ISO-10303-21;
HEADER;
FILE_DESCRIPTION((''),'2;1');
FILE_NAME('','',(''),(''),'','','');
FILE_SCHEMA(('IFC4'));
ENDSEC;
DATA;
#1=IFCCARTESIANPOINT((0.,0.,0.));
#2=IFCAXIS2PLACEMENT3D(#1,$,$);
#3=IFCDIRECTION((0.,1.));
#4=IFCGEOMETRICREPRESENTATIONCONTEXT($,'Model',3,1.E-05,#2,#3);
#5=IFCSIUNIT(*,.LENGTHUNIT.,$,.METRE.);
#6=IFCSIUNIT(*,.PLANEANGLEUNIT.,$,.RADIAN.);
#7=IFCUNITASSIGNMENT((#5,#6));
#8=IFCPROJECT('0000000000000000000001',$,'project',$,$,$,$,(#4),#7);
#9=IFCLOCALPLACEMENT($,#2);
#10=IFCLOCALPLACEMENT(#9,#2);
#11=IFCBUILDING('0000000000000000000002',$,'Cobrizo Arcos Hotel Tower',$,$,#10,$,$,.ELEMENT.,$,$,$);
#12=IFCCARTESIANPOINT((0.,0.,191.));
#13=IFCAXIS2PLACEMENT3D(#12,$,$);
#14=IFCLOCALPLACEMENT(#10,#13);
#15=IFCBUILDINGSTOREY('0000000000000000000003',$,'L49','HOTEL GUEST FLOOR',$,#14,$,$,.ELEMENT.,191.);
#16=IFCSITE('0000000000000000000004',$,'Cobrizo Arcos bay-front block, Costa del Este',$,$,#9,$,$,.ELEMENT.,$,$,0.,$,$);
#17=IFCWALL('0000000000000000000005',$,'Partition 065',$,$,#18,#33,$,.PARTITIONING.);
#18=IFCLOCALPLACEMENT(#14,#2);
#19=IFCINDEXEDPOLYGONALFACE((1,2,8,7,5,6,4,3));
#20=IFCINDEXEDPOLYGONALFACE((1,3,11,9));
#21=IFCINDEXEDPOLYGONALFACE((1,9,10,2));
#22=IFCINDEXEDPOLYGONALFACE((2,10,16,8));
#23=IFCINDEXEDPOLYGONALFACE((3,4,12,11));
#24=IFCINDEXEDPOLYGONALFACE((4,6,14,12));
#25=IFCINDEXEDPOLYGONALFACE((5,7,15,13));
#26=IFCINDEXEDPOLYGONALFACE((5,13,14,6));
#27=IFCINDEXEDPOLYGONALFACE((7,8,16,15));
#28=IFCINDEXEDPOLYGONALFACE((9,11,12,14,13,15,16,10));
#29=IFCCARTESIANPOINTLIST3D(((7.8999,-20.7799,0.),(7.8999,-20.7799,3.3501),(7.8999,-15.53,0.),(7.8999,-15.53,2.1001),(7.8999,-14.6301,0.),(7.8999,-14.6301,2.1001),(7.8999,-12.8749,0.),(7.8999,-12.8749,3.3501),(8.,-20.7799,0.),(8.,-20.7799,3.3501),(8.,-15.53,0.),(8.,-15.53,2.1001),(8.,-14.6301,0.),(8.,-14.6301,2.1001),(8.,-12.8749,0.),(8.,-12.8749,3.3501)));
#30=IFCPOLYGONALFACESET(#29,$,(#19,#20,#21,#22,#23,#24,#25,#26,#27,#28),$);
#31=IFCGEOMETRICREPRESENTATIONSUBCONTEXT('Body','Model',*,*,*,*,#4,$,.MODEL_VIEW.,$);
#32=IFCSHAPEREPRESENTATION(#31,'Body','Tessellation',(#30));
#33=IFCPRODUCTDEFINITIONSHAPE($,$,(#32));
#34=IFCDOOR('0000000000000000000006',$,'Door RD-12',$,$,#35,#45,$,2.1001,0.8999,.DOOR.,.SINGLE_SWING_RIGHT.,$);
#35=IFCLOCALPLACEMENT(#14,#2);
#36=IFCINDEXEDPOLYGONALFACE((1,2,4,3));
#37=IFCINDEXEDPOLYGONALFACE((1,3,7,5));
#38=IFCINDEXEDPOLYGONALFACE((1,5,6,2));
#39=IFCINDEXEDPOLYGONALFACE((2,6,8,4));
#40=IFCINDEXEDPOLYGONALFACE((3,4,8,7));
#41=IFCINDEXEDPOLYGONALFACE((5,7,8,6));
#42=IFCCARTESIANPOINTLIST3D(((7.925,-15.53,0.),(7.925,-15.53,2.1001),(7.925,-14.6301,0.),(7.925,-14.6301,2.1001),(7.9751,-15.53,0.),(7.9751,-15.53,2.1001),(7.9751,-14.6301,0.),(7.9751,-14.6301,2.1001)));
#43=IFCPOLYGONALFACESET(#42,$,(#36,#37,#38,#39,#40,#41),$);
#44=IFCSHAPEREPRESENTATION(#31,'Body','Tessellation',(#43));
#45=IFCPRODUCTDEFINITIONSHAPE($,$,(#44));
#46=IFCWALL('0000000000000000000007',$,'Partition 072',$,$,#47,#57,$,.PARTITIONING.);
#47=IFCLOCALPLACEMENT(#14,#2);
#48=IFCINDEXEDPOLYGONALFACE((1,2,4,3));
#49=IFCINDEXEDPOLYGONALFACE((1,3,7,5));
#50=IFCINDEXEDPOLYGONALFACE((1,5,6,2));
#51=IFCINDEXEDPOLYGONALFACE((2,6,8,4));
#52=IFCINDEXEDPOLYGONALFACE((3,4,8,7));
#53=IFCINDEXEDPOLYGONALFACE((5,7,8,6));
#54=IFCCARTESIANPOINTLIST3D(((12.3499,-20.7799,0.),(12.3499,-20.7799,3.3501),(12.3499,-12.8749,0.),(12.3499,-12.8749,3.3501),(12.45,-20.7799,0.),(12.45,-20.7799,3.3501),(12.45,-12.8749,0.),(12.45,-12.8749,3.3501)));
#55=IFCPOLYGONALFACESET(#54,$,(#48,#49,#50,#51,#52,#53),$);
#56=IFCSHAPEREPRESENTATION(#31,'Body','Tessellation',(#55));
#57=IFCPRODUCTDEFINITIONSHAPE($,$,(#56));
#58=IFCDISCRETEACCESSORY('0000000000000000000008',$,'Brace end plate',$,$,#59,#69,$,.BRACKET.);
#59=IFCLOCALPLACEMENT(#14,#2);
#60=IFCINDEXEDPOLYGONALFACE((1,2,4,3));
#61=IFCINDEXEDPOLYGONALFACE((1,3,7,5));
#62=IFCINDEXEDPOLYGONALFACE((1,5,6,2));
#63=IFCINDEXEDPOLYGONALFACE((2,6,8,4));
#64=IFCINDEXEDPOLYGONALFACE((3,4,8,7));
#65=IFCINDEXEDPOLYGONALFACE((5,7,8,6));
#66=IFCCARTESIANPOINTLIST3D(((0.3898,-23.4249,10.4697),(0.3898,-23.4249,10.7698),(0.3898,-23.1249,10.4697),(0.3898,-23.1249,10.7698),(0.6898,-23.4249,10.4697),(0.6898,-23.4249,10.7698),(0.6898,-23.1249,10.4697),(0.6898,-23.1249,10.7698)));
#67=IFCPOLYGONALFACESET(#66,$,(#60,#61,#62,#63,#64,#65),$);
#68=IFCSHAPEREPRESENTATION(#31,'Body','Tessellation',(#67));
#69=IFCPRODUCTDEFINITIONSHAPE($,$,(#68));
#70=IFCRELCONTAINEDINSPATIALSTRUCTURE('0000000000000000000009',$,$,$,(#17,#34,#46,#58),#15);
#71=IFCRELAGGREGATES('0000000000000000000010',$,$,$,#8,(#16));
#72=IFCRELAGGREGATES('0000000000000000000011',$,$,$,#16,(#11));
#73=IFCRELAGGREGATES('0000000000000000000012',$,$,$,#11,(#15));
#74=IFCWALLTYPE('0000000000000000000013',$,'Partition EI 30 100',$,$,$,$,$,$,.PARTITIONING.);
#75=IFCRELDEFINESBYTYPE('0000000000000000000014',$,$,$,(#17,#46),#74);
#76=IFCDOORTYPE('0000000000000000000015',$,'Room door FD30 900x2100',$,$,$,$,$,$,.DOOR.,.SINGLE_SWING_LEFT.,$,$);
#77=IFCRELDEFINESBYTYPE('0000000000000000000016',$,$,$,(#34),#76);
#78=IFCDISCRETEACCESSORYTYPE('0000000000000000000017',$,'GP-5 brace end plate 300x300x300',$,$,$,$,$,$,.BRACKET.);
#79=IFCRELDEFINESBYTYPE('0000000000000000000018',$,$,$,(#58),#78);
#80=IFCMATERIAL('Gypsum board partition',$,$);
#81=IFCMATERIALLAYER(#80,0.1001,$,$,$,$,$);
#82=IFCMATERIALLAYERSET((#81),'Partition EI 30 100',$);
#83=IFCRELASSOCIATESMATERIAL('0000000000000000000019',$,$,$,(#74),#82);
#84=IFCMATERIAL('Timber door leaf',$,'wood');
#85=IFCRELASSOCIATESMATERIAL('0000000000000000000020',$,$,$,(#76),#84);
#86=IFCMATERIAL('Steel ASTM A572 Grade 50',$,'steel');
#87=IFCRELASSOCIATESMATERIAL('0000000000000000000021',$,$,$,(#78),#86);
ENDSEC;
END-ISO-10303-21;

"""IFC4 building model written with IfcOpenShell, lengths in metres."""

from ifc_helpers import new_model, si_unit, direction, frame, frame_2d, origin, origin_2d, place, context, subcontext, project, spatial, rectangle, extrude, material, layer, layer_set, type_object, element, fill, save


model = new_model("IFC4")

# Units and contexts
model_context = context("Model", 3, precision=1e-05, world=origin(), true_north=direction((0.0, 1.0)))
body_context = subcontext(model_context, "Body", "Model", "MODEL_VIEW")
ifc_project = project(units=[si_unit("LENGTHUNIT", "METRE"), si_unit("PLANEANGLEUNIT", "RADIAN")], contexts=[model_context])

# Site, building, storey
site_placement = place(None, origin())
site = spatial("IfcSite", under=ifc_project, at=site_placement, Name="Cobrizo Arcos bay-front block, Costa del Este", CompositionType="ELEMENT", RefElevation=0.0)
building_placement = place(site_placement, origin())
building = spatial("IfcBuilding", under=site, at=building_placement, Name="Cobrizo Arcos Hotel Tower", CompositionType="ELEMENT")
storey_placement = place(building_placement, frame((0.0, 0.0, 191.0)))
storey = spatial("IfcBuildingStorey", under=building, at=storey_placement, Name="L49", Description="HOTEL GUEST FLOOR", CompositionType="ELEMENT", Elevation=191.0)

# Shared definitions
ifc_material_1 = material(Name="Steel ASTM A572 Grade 50", Category="steel")

# Shared definitions
ifc_material_2 = material(Name="Gypsum board partition")
ifc_layer_1 = layer(ifc_material_2, 0.1001)
ifc_layer_set_1 = layer_set([ifc_layer_1], Name="Partition EI 30 100")
wall_type = type_object("IfcWallType", Name="Partition EI 30 100", PredefinedType="PARTITIONING", material=ifc_layer_set_1)
ifc_material_3 = material(Name="Timber door leaf", Category="wood")

# Wall, opening, door
wall_1_placement = place(storey_placement, frame((7.95, -20.78, 0.0), z_axis=(0.0, 0.0, 1.0), x_axis=(0.0, 1.0, 0.0)))
wall_1 = element("IfcWall", 1, at=wall_1_placement, inside=storey, type_object=wall_type, Name="Partition 065", PredefinedType="PARTITIONING", context=body_context, shape_type="SweptSolid", body=[
    extrude(rectangle(XDim=7.905, YDim=0.1001, at=frame_2d((3.9526, 0.0))), origin(), (0.0, 0.0, 1.0), 3.3501),
])
opening_1_placement = place(wall_1_placement, frame((5.25, 0.0, 0.0)))
opening_1 = element("IfcOpeningElement", 2, at=opening_1_placement, cuts=wall_1, PredefinedType="OPENING", context=body_context, shape_type="SweptSolid", body=[
    extrude(rectangle(XDim=0.8999, YDim=2.1001, at=frame_2d((0.45, 1.05))), frame((0.0, 0.062, 0.0), z_axis=(0.0, -1.0, 0.0), x_axis=(1.0, 0.0, 0.0)), (0.0, 0.0, 1.0), 0.124),
])
door_type_1 = type_object("IfcDoorType", Name="Room door FD30 900x2100", OperationType="SINGLE_SWING_LEFT", PredefinedType="DOOR", material=ifc_material_3)
door_1_placement = place(opening_1_placement, origin())
door_1 = element("IfcDoor", 3, at=door_1_placement, inside=storey, type_object=door_type_1, Name="Door RD-12", OperationType="SINGLE_SWING_RIGHT", OverallHeight=2.1001, OverallWidth=0.8999, PredefinedType="DOOR", context=body_context, shape_type="SweptSolid", body=[
    extrude(rectangle(XDim=0.8999, YDim=2.1001, at=frame_2d((0.45, 1.05))), frame((0.0, 0.0249, 0.0), z_axis=(0.0, -1.0, 0.0), x_axis=(1.0, 0.0, 0.0)), (0.0, 0.0, 1.0), 0.05),
])
fill(opening_1, door_1)

# Wall
wall_2_placement = place(storey_placement, frame((12.3999, -20.78, 0.0), z_axis=(0.0, 0.0, 1.0), x_axis=(0.0, 1.0, 0.0)))
element("IfcWall", 4, at=wall_2_placement, inside=storey, type_object=wall_type, Name="Partition 072", PredefinedType="PARTITIONING", context=body_context, shape_type="SweptSolid", body=[
    extrude(rectangle(XDim=7.905, YDim=0.1001, at=frame_2d((3.9526, 0.0))), origin(), (0.0, 0.0, 1.0), 3.3501),
])

# Discrete accessory
discrete_accessory_type = type_object("IfcDiscreteAccessoryType", Name="GP-5 brace end plate 300x300x300", PredefinedType="BRACKET", material=ifc_material_1)
discrete_accessory_placement = place(storey_placement, frame((0.5398, -23.2749, 10.4697), z_axis=(0.0, 0.0, 1.0), x_axis=(1.0, 0.0, 0.0)))
element("IfcDiscreteAccessory", 5, at=discrete_accessory_placement, inside=storey, type_object=discrete_accessory_type, Name="Brace end plate", PredefinedType="BRACKET", context=body_context, shape_type="SweptSolid", body=[
    extrude(rectangle(XDim=0.3, YDim=0.3, at=origin_2d()), origin(), (0.0, 0.0, 1.0), 0.3),
])

save(model, "model.ifc")
